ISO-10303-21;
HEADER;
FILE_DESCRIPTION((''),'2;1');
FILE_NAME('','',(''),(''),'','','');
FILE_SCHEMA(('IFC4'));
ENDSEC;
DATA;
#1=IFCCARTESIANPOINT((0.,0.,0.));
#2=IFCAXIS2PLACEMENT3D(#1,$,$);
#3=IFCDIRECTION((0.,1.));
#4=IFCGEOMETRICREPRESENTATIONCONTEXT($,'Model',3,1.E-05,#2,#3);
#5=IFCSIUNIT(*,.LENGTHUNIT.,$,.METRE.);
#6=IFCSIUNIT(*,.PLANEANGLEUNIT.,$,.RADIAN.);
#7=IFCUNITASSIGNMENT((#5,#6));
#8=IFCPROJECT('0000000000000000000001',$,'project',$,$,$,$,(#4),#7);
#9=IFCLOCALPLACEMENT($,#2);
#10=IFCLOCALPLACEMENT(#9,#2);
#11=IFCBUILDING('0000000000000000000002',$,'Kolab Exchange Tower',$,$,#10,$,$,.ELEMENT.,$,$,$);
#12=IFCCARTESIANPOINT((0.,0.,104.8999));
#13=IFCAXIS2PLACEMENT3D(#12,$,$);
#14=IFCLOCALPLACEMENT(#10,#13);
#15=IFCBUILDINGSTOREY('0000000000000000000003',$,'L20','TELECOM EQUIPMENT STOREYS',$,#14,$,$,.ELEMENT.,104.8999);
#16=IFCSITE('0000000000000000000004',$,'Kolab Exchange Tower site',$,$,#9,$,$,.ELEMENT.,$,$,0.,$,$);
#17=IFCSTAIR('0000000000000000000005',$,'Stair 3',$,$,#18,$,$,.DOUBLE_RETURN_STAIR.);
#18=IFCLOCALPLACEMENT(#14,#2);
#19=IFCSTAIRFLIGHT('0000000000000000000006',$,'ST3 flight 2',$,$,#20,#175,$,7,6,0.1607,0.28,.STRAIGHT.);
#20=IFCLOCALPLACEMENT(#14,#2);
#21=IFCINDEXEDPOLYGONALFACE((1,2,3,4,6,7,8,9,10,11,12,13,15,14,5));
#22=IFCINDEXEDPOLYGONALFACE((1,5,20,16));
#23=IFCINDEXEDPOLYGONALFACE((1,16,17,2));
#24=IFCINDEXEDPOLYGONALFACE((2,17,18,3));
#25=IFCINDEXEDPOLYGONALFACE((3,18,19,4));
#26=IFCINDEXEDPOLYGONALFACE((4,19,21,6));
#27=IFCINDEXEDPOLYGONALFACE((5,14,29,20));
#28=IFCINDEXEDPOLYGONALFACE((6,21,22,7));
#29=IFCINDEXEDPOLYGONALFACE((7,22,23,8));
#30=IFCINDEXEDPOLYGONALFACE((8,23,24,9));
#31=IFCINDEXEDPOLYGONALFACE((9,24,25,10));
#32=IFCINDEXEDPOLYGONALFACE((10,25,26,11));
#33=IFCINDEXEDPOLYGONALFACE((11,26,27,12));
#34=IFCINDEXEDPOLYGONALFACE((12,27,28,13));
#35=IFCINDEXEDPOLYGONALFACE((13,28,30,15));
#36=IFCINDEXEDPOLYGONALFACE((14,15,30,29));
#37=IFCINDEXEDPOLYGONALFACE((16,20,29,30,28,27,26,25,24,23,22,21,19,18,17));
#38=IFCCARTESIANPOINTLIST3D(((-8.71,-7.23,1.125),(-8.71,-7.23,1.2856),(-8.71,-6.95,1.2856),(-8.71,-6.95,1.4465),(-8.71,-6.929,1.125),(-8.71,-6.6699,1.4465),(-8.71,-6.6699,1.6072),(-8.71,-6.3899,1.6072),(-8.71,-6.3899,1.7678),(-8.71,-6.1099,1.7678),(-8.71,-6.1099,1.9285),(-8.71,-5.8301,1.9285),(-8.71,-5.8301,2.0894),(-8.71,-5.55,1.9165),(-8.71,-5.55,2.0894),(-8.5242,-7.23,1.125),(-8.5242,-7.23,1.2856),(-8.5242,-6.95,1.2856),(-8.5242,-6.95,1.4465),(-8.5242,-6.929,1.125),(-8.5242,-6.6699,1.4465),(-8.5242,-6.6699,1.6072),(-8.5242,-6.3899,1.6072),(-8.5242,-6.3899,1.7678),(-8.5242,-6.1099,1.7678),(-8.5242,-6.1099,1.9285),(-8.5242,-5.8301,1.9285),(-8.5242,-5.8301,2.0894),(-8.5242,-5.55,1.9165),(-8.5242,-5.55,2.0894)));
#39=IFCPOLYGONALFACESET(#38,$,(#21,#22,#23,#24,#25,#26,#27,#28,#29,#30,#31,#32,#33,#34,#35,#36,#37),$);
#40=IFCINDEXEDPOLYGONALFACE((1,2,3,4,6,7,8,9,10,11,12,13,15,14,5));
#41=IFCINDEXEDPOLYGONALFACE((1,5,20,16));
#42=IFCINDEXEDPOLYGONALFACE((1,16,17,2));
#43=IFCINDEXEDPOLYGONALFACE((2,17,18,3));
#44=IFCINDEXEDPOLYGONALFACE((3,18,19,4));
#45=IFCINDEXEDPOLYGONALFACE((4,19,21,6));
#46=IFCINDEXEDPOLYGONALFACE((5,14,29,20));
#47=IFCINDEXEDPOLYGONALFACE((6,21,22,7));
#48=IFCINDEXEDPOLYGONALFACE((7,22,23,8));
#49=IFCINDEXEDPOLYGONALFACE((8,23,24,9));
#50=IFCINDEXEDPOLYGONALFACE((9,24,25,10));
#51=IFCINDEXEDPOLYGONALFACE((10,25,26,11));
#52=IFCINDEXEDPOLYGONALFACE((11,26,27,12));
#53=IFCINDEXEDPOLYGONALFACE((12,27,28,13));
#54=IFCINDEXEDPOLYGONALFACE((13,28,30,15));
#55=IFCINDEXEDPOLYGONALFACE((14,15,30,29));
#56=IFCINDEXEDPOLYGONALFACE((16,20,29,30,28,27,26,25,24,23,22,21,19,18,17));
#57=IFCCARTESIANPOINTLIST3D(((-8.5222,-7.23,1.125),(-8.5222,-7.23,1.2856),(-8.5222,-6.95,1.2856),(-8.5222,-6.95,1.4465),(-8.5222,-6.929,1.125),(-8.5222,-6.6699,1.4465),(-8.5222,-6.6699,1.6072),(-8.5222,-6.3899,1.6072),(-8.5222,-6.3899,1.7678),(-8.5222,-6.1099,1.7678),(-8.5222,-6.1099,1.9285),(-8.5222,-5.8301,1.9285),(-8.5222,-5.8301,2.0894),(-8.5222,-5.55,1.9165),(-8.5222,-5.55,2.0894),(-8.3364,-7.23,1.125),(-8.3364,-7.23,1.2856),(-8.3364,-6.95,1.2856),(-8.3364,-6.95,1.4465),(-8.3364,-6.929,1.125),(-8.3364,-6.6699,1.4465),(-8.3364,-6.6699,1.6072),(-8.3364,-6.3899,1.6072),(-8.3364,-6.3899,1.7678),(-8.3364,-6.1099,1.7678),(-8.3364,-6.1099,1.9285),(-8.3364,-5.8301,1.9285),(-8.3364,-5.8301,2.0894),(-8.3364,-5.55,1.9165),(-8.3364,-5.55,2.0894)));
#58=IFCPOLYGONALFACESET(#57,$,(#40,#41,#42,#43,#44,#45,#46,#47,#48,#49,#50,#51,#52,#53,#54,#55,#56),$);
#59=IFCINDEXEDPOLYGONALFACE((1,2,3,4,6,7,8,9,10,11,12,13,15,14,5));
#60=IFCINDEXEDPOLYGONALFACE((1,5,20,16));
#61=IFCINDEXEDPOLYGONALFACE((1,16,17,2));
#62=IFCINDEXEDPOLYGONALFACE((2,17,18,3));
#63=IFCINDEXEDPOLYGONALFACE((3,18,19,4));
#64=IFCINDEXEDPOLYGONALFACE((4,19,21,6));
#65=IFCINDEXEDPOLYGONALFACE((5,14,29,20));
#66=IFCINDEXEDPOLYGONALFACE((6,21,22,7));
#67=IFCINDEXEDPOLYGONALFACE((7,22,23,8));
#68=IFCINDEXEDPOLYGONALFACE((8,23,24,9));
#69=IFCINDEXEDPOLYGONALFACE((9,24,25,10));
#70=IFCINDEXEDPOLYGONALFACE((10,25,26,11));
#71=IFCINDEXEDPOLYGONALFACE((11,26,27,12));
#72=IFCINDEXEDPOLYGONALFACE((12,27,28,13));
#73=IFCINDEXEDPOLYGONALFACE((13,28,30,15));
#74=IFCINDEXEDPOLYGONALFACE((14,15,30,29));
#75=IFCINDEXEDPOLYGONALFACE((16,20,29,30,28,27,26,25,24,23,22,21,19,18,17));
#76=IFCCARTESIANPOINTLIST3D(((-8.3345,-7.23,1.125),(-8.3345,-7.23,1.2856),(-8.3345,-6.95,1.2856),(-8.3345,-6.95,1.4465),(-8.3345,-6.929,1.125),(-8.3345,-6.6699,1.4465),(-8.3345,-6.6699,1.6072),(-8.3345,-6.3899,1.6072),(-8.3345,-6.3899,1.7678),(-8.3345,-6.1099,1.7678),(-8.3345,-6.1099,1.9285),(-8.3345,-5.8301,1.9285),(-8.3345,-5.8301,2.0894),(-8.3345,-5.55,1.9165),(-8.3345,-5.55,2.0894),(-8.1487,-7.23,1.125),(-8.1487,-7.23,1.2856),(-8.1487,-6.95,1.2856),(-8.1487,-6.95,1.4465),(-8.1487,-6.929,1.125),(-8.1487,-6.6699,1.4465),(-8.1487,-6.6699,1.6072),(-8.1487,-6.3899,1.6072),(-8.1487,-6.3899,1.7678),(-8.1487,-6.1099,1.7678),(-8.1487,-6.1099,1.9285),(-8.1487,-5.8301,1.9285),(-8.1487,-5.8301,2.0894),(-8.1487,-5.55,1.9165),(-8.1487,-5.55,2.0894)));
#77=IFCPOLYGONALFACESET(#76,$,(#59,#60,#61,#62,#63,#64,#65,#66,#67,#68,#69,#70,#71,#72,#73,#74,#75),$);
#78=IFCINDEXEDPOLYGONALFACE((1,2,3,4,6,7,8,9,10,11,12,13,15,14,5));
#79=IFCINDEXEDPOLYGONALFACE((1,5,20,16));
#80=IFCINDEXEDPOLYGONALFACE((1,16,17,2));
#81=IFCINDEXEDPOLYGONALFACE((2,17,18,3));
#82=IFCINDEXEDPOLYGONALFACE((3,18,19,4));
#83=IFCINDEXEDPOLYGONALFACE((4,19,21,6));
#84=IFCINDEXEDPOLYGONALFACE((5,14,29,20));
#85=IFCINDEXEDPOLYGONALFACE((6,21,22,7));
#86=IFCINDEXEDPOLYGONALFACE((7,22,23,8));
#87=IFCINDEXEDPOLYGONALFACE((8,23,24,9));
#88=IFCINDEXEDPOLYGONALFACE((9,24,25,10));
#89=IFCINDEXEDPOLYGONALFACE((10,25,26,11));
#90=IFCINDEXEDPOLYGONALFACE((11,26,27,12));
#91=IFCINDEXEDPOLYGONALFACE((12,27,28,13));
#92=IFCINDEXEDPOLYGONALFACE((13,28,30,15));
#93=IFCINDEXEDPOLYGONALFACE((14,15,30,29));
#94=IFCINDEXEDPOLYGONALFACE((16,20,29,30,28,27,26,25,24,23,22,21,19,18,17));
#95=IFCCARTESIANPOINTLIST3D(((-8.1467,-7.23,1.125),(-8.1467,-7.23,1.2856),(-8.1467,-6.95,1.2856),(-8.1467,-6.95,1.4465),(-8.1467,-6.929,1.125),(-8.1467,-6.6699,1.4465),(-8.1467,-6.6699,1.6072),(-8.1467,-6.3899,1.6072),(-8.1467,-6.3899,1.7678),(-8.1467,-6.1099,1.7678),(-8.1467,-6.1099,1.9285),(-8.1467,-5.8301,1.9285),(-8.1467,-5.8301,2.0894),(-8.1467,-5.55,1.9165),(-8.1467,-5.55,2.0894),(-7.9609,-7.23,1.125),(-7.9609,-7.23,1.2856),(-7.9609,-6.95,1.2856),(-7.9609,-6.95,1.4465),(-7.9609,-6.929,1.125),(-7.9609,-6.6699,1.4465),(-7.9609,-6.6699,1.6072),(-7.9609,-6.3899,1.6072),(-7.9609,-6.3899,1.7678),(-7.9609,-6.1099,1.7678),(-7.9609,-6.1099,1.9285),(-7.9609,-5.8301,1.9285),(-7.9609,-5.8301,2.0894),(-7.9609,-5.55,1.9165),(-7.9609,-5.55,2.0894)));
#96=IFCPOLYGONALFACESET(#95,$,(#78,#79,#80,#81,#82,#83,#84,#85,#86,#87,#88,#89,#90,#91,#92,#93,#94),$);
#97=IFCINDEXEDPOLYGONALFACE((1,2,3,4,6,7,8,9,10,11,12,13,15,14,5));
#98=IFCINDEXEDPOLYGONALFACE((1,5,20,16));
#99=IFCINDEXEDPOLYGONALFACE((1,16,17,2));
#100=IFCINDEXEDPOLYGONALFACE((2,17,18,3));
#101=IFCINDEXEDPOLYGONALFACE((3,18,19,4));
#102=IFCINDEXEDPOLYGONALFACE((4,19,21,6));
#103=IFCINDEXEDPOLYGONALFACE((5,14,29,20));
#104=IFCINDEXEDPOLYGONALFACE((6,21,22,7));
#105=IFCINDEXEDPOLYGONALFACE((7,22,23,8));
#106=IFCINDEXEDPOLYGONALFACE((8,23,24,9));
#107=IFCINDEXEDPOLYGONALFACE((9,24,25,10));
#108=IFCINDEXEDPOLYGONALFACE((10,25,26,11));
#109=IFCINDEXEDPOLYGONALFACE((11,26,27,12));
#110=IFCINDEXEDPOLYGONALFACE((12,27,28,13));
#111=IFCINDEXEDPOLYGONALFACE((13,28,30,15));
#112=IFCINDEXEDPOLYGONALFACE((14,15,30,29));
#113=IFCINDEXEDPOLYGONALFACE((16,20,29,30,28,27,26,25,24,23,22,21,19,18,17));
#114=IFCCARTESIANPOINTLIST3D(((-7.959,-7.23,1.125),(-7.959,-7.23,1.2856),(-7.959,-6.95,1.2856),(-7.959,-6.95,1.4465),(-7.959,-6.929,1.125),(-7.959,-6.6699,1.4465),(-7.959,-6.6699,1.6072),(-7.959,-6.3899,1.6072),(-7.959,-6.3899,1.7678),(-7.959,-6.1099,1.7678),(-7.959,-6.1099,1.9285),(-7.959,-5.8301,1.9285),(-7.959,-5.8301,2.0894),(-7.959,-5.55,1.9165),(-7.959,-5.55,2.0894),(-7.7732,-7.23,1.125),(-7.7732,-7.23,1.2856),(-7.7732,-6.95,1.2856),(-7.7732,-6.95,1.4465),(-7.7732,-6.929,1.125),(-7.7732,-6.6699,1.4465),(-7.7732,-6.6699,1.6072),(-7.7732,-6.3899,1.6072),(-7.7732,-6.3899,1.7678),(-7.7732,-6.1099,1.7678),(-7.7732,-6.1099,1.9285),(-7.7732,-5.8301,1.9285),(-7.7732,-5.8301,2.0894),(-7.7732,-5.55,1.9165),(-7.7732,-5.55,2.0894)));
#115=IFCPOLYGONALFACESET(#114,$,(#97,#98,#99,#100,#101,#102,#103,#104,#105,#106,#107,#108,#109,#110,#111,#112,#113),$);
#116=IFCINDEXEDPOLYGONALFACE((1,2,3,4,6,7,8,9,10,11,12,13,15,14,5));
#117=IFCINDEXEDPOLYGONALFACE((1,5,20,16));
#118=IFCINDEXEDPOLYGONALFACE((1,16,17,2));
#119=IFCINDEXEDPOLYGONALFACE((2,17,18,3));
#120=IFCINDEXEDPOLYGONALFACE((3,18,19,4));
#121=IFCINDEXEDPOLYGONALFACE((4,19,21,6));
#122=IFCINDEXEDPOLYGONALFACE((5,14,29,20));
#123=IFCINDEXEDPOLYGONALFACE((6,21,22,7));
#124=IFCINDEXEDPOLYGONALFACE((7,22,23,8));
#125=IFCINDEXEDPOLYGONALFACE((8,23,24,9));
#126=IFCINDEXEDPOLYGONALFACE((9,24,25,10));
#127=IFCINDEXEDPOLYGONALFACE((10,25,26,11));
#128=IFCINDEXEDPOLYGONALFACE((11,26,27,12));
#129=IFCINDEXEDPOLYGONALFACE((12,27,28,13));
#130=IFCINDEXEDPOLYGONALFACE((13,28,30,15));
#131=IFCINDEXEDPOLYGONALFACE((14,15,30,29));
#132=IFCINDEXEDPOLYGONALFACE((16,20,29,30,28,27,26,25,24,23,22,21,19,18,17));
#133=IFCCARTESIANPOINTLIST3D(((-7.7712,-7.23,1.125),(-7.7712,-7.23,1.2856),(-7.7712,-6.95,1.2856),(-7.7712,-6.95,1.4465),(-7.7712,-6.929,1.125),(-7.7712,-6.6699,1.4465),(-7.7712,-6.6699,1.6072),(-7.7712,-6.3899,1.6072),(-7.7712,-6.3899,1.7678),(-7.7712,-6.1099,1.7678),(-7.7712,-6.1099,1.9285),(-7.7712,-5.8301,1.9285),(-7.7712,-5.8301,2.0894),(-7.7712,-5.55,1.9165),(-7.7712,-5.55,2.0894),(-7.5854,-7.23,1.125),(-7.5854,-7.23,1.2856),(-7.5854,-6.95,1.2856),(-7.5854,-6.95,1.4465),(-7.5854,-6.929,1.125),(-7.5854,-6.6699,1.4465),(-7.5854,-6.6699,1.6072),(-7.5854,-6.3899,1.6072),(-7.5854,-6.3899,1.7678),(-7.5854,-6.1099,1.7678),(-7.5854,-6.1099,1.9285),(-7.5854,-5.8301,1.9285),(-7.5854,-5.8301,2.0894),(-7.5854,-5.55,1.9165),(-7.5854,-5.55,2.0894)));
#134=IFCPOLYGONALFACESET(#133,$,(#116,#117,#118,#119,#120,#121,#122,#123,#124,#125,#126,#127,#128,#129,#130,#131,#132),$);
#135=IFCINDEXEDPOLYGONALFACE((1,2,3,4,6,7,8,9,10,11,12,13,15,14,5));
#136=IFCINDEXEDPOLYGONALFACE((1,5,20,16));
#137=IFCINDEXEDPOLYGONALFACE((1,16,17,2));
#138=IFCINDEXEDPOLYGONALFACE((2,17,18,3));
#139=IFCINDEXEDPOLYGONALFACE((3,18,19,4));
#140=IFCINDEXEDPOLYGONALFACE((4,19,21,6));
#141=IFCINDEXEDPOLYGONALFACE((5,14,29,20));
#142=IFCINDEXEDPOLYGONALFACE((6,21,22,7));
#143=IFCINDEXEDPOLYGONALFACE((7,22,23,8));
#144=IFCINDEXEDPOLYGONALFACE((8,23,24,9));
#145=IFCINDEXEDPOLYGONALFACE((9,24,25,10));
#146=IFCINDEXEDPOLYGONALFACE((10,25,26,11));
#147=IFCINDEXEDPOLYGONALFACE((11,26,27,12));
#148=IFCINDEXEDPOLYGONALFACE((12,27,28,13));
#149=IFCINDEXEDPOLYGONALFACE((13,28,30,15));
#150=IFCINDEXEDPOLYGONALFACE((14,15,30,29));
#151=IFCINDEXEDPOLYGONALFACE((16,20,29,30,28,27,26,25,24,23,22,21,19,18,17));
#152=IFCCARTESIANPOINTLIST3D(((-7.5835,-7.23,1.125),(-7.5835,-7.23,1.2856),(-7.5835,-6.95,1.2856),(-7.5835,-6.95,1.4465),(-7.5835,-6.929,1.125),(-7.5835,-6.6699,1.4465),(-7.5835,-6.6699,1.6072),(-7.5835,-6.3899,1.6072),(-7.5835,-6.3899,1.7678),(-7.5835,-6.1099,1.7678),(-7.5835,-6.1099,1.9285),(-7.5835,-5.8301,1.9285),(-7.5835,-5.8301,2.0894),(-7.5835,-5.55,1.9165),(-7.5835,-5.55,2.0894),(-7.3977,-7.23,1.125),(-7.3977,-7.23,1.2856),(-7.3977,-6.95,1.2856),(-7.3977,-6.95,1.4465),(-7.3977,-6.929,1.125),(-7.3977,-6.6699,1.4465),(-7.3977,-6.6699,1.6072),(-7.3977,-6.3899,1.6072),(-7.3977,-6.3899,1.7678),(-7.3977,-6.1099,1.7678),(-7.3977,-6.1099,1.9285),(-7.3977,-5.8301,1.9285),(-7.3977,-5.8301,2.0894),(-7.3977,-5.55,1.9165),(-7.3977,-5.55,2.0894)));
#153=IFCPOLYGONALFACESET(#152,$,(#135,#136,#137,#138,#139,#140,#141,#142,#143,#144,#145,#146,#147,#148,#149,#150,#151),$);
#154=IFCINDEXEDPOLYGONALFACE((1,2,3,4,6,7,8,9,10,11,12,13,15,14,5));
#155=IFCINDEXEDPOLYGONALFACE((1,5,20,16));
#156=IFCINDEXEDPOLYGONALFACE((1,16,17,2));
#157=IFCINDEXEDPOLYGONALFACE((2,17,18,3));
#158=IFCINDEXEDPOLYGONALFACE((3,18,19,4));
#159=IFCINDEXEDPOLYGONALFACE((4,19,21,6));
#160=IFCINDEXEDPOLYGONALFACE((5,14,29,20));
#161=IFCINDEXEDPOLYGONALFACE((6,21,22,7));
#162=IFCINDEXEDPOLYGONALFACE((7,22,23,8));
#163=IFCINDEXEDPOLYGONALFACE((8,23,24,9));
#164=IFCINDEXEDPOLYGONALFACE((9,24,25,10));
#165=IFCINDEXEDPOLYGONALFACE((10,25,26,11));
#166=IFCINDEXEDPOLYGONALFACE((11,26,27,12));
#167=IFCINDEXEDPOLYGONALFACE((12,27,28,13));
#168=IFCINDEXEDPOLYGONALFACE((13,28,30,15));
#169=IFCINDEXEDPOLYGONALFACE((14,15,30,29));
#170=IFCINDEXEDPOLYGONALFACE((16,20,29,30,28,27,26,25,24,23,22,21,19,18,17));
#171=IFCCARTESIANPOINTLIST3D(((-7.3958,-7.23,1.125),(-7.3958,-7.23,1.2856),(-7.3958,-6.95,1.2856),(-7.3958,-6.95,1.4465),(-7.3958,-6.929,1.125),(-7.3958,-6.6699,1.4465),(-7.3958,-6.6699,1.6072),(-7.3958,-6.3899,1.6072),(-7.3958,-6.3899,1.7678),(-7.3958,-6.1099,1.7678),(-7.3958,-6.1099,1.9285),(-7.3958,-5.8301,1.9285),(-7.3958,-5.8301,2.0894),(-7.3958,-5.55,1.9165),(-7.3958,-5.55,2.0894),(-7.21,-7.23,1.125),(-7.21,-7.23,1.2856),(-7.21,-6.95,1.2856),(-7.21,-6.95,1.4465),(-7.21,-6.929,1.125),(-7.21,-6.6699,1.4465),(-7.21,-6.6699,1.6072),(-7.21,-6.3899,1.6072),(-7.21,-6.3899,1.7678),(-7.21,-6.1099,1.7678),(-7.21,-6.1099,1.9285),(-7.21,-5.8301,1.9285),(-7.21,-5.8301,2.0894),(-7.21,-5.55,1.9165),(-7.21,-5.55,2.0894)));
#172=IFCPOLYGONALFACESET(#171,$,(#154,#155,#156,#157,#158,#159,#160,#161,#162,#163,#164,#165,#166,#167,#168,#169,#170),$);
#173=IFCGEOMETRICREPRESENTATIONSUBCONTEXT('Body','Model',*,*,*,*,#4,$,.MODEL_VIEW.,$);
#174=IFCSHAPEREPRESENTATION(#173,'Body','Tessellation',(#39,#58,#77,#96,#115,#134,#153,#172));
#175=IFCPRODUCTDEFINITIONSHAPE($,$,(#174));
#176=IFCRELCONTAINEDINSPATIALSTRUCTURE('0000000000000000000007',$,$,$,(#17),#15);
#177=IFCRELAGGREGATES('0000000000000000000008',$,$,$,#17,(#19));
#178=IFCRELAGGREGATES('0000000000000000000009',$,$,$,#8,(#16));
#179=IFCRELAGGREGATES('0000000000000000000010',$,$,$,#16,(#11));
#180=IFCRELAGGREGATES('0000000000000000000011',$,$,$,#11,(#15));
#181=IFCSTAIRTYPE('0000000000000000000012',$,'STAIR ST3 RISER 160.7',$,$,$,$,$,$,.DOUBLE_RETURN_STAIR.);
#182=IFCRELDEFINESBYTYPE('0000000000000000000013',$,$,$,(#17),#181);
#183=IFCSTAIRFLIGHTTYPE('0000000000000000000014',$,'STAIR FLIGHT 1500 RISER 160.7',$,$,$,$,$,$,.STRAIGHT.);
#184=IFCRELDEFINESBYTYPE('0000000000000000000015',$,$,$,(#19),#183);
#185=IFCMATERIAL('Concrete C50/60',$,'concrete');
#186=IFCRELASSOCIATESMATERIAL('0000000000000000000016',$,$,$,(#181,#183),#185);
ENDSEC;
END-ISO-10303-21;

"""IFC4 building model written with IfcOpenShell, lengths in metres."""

from ifc_helpers import new_model, si_unit, direction, frame, origin, place, context, subcontext, project, spatial, polyline, outline, extrude, material, type_object, element, aggregate, save


model = new_model("IFC4")

# Units and contexts
model_context = context("Model", 3, precision=1e-05, world=origin(), true_north=direction((0.0, 1.0)))
body_context = subcontext(model_context, "Body", "Model", "MODEL_VIEW")
ifc_project = project(units=[si_unit("LENGTHUNIT", "METRE"), si_unit("PLANEANGLEUNIT", "RADIAN")], contexts=[model_context])

# Site, building, storey
site_placement = place(None, origin())
site = spatial("IfcSite", under=ifc_project, at=site_placement, Name="Kolab Exchange Tower site", CompositionType="ELEMENT", RefElevation=0.0)
building_placement = place(site_placement, origin())
building = spatial("IfcBuilding", under=site, at=building_placement, Name="Kolab Exchange Tower", CompositionType="ELEMENT")
storey_placement = place(building_placement, frame((0.0, 0.0, 104.8999)))
storey = spatial("IfcBuildingStorey", under=building, at=storey_placement, Name="L20", Description="TELECOM EQUIPMENT STOREYS", CompositionType="ELEMENT", Elevation=104.8999)

# Shared definitions
ifc_material_1 = material(Name="Concrete C50/60", Category="concrete")

# Stair, stair flight
stair_type = type_object("IfcStairType", Name="STAIR ST3 RISER 160.7", PredefinedType="DOUBLE_RETURN_STAIR", material=ifc_material_1)
stair_placement = place(storey_placement, origin())
stair = element("IfcStair", 1, at=stair_placement, inside=storey, type_object=stair_type, Name="Stair 3", PredefinedType="DOUBLE_RETURN_STAIR")
stair_flight_type = type_object("IfcStairFlightType", Name="STAIR FLIGHT 1500 RISER 160.7", PredefinedType="STRAIGHT", material=ifc_material_1)
stair_flight_1_placement = place(storey_placement, frame((-7.96, -7.23, 1.125), z_axis=(0.0, 0.0, 1.0), x_axis=(0.0, 1.0, 0.0)))
stair_flight_1 = element("IfcStairFlight", 2, at=stair_flight_1_placement, type_object=stair_flight_type, Name="ST3 flight 2", NumberOfRisers=7, NumberOfTreads=6, PredefinedType="STRAIGHT", RiserHeight=0.1607, TreadLength=0.28, context=body_context, shape_type="SweptSolid", body=[
    extrude(outline(polyline([(0.0, 0.0), (0.0, 0.1606), (0.28, 0.1606), (0.28, 0.3215), (0.5601, 0.3215), (0.5601, 0.4822), (0.8401, 0.4822), (0.8401, 0.6428), (1.1201, 0.6428), (1.1201, 0.8035), (1.3999, 0.8035), (1.3999, 0.9644), (1.6799, 0.9644), (1.6799, 1.125), (1.6799, 0.7915), (0.301, 0.0), (0.0, 0.0)])), frame((0.0, 0.75, 0.0), z_axis=(0.0, -1.0, 0.0), x_axis=(1.0, 0.0, 0.0)), (0.0, 0.0, 1.0), 0.1858),
    extrude(outline(polyline([(0.0, 0.0), (0.0, 0.1606), (0.28, 0.1606), (0.28, 0.3215), (0.5601, 0.3215), (0.5601, 0.4822), (0.8401, 0.4822), (0.8401, 0.6428), (1.1201, 0.6428), (1.1201, 0.8035), (1.3999, 0.8035), (1.3999, 0.9644), (1.6799, 0.9644), (1.6799, 1.125), (1.6799, 0.7915), (0.301, 0.0), (0.0, 0.0)])), frame((0.0, 0.5623, 0.0), z_axis=(0.0, -1.0, 0.0), x_axis=(1.0, 0.0, 0.0)), (0.0, 0.0, 1.0), 0.1858),
    extrude(outline(polyline([(0.0, 0.0), (0.0, 0.1606), (0.28, 0.1606), (0.28, 0.3215), (0.5601, 0.3215), (0.5601, 0.4822), (0.8401, 0.4822), (0.8401, 0.6428), (1.1201, 0.6428), (1.1201, 0.8035), (1.3999, 0.8035), (1.3999, 0.9644), (1.6799, 0.9644), (1.6799, 1.125), (1.6799, 0.7915), (0.301, 0.0), (0.0, 0.0)])), frame((0.0, 0.3745, 0.0), z_axis=(0.0, -1.0, 0.0), x_axis=(1.0, 0.0, 0.0)), (0.0, 0.0, 1.0), 0.1858),
    extrude(outline(polyline([(0.0, 0.0), (0.0, 0.1606), (0.28, 0.1606), (0.28, 0.3215), (0.5601, 0.3215), (0.5601, 0.4822), (0.8401, 0.4822), (0.8401, 0.6428), (1.1201, 0.6428), (1.1201, 0.8035), (1.3999, 0.8035), (1.3999, 0.9644), (1.6799, 0.9644), (1.6799, 1.125), (1.6799, 0.7915), (0.301, 0.0), (0.0, 0.0)])), frame((0.0, 0.1868, 0.0), z_axis=(0.0, -1.0, 0.0), x_axis=(1.0, 0.0, 0.0)), (0.0, 0.0, 1.0), 0.1858),
    extrude(outline(polyline([(0.0, 0.0), (0.0, 0.1606), (0.28, 0.1606), (0.28, 0.3215), (0.5601, 0.3215), (0.5601, 0.4822), (0.8401, 0.4822), (0.8401, 0.6428), (1.1201, 0.6428), (1.1201, 0.8035), (1.3999, 0.8035), (1.3999, 0.9644), (1.6799, 0.9644), (1.6799, 1.125), (1.6799, 0.7915), (0.301, 0.0), (0.0, 0.0)])), frame((0.0, -0.001, 0.0), z_axis=(0.0, -1.0, 0.0), x_axis=(1.0, 0.0, 0.0)), (0.0, 0.0, 1.0), 0.1858),
    extrude(outline(polyline([(0.0, 0.0), (0.0, 0.1606), (0.28, 0.1606), (0.28, 0.3215), (0.5601, 0.3215), (0.5601, 0.4822), (0.8401, 0.4822), (0.8401, 0.6428), (1.1201, 0.6428), (1.1201, 0.8035), (1.3999, 0.8035), (1.3999, 0.9644), (1.6799, 0.9644), (1.6799, 1.125), (1.6799, 0.7915), (0.301, 0.0), (0.0, 0.0)])), frame((0.0, -0.1887, 0.0), z_axis=(0.0, -1.0, 0.0), x_axis=(1.0, 0.0, 0.0)), (0.0, 0.0, 1.0), 0.1858),
    extrude(outline(polyline([(0.0, 0.0), (0.0, 0.1606), (0.28, 0.1606), (0.28, 0.3215), (0.5601, 0.3215), (0.5601, 0.4822), (0.8401, 0.4822), (0.8401, 0.6428), (1.1201, 0.6428), (1.1201, 0.8035), (1.3999, 0.8035), (1.3999, 0.9644), (1.6799, 0.9644), (1.6799, 1.125), (1.6799, 0.7915), (0.301, 0.0), (0.0, 0.0)])), frame((0.0, -0.3765, 0.0), z_axis=(0.0, -1.0, 0.0), x_axis=(1.0, 0.0, 0.0)), (0.0, 0.0, 1.0), 0.1858),
    extrude(outline(polyline([(0.0, 0.0), (0.0, 0.1606), (0.28, 0.1606), (0.28, 0.3215), (0.5601, 0.3215), (0.5601, 0.4822), (0.8401, 0.4822), (0.8401, 0.6428), (1.1201, 0.6428), (1.1201, 0.8035), (1.3999, 0.8035), (1.3999, 0.9644), (1.6799, 0.9644), (1.6799, 1.125), (1.6799, 0.7915), (0.301, 0.0), (0.0, 0.0)])), frame((0.0, -0.5642, 0.0), z_axis=(0.0, -1.0, 0.0), x_axis=(1.0, 0.0, 0.0)), (0.0, 0.0, 1.0), 0.1858),
])
aggregate(stair, [stair_flight_1])

save(model, "model.ifc")
